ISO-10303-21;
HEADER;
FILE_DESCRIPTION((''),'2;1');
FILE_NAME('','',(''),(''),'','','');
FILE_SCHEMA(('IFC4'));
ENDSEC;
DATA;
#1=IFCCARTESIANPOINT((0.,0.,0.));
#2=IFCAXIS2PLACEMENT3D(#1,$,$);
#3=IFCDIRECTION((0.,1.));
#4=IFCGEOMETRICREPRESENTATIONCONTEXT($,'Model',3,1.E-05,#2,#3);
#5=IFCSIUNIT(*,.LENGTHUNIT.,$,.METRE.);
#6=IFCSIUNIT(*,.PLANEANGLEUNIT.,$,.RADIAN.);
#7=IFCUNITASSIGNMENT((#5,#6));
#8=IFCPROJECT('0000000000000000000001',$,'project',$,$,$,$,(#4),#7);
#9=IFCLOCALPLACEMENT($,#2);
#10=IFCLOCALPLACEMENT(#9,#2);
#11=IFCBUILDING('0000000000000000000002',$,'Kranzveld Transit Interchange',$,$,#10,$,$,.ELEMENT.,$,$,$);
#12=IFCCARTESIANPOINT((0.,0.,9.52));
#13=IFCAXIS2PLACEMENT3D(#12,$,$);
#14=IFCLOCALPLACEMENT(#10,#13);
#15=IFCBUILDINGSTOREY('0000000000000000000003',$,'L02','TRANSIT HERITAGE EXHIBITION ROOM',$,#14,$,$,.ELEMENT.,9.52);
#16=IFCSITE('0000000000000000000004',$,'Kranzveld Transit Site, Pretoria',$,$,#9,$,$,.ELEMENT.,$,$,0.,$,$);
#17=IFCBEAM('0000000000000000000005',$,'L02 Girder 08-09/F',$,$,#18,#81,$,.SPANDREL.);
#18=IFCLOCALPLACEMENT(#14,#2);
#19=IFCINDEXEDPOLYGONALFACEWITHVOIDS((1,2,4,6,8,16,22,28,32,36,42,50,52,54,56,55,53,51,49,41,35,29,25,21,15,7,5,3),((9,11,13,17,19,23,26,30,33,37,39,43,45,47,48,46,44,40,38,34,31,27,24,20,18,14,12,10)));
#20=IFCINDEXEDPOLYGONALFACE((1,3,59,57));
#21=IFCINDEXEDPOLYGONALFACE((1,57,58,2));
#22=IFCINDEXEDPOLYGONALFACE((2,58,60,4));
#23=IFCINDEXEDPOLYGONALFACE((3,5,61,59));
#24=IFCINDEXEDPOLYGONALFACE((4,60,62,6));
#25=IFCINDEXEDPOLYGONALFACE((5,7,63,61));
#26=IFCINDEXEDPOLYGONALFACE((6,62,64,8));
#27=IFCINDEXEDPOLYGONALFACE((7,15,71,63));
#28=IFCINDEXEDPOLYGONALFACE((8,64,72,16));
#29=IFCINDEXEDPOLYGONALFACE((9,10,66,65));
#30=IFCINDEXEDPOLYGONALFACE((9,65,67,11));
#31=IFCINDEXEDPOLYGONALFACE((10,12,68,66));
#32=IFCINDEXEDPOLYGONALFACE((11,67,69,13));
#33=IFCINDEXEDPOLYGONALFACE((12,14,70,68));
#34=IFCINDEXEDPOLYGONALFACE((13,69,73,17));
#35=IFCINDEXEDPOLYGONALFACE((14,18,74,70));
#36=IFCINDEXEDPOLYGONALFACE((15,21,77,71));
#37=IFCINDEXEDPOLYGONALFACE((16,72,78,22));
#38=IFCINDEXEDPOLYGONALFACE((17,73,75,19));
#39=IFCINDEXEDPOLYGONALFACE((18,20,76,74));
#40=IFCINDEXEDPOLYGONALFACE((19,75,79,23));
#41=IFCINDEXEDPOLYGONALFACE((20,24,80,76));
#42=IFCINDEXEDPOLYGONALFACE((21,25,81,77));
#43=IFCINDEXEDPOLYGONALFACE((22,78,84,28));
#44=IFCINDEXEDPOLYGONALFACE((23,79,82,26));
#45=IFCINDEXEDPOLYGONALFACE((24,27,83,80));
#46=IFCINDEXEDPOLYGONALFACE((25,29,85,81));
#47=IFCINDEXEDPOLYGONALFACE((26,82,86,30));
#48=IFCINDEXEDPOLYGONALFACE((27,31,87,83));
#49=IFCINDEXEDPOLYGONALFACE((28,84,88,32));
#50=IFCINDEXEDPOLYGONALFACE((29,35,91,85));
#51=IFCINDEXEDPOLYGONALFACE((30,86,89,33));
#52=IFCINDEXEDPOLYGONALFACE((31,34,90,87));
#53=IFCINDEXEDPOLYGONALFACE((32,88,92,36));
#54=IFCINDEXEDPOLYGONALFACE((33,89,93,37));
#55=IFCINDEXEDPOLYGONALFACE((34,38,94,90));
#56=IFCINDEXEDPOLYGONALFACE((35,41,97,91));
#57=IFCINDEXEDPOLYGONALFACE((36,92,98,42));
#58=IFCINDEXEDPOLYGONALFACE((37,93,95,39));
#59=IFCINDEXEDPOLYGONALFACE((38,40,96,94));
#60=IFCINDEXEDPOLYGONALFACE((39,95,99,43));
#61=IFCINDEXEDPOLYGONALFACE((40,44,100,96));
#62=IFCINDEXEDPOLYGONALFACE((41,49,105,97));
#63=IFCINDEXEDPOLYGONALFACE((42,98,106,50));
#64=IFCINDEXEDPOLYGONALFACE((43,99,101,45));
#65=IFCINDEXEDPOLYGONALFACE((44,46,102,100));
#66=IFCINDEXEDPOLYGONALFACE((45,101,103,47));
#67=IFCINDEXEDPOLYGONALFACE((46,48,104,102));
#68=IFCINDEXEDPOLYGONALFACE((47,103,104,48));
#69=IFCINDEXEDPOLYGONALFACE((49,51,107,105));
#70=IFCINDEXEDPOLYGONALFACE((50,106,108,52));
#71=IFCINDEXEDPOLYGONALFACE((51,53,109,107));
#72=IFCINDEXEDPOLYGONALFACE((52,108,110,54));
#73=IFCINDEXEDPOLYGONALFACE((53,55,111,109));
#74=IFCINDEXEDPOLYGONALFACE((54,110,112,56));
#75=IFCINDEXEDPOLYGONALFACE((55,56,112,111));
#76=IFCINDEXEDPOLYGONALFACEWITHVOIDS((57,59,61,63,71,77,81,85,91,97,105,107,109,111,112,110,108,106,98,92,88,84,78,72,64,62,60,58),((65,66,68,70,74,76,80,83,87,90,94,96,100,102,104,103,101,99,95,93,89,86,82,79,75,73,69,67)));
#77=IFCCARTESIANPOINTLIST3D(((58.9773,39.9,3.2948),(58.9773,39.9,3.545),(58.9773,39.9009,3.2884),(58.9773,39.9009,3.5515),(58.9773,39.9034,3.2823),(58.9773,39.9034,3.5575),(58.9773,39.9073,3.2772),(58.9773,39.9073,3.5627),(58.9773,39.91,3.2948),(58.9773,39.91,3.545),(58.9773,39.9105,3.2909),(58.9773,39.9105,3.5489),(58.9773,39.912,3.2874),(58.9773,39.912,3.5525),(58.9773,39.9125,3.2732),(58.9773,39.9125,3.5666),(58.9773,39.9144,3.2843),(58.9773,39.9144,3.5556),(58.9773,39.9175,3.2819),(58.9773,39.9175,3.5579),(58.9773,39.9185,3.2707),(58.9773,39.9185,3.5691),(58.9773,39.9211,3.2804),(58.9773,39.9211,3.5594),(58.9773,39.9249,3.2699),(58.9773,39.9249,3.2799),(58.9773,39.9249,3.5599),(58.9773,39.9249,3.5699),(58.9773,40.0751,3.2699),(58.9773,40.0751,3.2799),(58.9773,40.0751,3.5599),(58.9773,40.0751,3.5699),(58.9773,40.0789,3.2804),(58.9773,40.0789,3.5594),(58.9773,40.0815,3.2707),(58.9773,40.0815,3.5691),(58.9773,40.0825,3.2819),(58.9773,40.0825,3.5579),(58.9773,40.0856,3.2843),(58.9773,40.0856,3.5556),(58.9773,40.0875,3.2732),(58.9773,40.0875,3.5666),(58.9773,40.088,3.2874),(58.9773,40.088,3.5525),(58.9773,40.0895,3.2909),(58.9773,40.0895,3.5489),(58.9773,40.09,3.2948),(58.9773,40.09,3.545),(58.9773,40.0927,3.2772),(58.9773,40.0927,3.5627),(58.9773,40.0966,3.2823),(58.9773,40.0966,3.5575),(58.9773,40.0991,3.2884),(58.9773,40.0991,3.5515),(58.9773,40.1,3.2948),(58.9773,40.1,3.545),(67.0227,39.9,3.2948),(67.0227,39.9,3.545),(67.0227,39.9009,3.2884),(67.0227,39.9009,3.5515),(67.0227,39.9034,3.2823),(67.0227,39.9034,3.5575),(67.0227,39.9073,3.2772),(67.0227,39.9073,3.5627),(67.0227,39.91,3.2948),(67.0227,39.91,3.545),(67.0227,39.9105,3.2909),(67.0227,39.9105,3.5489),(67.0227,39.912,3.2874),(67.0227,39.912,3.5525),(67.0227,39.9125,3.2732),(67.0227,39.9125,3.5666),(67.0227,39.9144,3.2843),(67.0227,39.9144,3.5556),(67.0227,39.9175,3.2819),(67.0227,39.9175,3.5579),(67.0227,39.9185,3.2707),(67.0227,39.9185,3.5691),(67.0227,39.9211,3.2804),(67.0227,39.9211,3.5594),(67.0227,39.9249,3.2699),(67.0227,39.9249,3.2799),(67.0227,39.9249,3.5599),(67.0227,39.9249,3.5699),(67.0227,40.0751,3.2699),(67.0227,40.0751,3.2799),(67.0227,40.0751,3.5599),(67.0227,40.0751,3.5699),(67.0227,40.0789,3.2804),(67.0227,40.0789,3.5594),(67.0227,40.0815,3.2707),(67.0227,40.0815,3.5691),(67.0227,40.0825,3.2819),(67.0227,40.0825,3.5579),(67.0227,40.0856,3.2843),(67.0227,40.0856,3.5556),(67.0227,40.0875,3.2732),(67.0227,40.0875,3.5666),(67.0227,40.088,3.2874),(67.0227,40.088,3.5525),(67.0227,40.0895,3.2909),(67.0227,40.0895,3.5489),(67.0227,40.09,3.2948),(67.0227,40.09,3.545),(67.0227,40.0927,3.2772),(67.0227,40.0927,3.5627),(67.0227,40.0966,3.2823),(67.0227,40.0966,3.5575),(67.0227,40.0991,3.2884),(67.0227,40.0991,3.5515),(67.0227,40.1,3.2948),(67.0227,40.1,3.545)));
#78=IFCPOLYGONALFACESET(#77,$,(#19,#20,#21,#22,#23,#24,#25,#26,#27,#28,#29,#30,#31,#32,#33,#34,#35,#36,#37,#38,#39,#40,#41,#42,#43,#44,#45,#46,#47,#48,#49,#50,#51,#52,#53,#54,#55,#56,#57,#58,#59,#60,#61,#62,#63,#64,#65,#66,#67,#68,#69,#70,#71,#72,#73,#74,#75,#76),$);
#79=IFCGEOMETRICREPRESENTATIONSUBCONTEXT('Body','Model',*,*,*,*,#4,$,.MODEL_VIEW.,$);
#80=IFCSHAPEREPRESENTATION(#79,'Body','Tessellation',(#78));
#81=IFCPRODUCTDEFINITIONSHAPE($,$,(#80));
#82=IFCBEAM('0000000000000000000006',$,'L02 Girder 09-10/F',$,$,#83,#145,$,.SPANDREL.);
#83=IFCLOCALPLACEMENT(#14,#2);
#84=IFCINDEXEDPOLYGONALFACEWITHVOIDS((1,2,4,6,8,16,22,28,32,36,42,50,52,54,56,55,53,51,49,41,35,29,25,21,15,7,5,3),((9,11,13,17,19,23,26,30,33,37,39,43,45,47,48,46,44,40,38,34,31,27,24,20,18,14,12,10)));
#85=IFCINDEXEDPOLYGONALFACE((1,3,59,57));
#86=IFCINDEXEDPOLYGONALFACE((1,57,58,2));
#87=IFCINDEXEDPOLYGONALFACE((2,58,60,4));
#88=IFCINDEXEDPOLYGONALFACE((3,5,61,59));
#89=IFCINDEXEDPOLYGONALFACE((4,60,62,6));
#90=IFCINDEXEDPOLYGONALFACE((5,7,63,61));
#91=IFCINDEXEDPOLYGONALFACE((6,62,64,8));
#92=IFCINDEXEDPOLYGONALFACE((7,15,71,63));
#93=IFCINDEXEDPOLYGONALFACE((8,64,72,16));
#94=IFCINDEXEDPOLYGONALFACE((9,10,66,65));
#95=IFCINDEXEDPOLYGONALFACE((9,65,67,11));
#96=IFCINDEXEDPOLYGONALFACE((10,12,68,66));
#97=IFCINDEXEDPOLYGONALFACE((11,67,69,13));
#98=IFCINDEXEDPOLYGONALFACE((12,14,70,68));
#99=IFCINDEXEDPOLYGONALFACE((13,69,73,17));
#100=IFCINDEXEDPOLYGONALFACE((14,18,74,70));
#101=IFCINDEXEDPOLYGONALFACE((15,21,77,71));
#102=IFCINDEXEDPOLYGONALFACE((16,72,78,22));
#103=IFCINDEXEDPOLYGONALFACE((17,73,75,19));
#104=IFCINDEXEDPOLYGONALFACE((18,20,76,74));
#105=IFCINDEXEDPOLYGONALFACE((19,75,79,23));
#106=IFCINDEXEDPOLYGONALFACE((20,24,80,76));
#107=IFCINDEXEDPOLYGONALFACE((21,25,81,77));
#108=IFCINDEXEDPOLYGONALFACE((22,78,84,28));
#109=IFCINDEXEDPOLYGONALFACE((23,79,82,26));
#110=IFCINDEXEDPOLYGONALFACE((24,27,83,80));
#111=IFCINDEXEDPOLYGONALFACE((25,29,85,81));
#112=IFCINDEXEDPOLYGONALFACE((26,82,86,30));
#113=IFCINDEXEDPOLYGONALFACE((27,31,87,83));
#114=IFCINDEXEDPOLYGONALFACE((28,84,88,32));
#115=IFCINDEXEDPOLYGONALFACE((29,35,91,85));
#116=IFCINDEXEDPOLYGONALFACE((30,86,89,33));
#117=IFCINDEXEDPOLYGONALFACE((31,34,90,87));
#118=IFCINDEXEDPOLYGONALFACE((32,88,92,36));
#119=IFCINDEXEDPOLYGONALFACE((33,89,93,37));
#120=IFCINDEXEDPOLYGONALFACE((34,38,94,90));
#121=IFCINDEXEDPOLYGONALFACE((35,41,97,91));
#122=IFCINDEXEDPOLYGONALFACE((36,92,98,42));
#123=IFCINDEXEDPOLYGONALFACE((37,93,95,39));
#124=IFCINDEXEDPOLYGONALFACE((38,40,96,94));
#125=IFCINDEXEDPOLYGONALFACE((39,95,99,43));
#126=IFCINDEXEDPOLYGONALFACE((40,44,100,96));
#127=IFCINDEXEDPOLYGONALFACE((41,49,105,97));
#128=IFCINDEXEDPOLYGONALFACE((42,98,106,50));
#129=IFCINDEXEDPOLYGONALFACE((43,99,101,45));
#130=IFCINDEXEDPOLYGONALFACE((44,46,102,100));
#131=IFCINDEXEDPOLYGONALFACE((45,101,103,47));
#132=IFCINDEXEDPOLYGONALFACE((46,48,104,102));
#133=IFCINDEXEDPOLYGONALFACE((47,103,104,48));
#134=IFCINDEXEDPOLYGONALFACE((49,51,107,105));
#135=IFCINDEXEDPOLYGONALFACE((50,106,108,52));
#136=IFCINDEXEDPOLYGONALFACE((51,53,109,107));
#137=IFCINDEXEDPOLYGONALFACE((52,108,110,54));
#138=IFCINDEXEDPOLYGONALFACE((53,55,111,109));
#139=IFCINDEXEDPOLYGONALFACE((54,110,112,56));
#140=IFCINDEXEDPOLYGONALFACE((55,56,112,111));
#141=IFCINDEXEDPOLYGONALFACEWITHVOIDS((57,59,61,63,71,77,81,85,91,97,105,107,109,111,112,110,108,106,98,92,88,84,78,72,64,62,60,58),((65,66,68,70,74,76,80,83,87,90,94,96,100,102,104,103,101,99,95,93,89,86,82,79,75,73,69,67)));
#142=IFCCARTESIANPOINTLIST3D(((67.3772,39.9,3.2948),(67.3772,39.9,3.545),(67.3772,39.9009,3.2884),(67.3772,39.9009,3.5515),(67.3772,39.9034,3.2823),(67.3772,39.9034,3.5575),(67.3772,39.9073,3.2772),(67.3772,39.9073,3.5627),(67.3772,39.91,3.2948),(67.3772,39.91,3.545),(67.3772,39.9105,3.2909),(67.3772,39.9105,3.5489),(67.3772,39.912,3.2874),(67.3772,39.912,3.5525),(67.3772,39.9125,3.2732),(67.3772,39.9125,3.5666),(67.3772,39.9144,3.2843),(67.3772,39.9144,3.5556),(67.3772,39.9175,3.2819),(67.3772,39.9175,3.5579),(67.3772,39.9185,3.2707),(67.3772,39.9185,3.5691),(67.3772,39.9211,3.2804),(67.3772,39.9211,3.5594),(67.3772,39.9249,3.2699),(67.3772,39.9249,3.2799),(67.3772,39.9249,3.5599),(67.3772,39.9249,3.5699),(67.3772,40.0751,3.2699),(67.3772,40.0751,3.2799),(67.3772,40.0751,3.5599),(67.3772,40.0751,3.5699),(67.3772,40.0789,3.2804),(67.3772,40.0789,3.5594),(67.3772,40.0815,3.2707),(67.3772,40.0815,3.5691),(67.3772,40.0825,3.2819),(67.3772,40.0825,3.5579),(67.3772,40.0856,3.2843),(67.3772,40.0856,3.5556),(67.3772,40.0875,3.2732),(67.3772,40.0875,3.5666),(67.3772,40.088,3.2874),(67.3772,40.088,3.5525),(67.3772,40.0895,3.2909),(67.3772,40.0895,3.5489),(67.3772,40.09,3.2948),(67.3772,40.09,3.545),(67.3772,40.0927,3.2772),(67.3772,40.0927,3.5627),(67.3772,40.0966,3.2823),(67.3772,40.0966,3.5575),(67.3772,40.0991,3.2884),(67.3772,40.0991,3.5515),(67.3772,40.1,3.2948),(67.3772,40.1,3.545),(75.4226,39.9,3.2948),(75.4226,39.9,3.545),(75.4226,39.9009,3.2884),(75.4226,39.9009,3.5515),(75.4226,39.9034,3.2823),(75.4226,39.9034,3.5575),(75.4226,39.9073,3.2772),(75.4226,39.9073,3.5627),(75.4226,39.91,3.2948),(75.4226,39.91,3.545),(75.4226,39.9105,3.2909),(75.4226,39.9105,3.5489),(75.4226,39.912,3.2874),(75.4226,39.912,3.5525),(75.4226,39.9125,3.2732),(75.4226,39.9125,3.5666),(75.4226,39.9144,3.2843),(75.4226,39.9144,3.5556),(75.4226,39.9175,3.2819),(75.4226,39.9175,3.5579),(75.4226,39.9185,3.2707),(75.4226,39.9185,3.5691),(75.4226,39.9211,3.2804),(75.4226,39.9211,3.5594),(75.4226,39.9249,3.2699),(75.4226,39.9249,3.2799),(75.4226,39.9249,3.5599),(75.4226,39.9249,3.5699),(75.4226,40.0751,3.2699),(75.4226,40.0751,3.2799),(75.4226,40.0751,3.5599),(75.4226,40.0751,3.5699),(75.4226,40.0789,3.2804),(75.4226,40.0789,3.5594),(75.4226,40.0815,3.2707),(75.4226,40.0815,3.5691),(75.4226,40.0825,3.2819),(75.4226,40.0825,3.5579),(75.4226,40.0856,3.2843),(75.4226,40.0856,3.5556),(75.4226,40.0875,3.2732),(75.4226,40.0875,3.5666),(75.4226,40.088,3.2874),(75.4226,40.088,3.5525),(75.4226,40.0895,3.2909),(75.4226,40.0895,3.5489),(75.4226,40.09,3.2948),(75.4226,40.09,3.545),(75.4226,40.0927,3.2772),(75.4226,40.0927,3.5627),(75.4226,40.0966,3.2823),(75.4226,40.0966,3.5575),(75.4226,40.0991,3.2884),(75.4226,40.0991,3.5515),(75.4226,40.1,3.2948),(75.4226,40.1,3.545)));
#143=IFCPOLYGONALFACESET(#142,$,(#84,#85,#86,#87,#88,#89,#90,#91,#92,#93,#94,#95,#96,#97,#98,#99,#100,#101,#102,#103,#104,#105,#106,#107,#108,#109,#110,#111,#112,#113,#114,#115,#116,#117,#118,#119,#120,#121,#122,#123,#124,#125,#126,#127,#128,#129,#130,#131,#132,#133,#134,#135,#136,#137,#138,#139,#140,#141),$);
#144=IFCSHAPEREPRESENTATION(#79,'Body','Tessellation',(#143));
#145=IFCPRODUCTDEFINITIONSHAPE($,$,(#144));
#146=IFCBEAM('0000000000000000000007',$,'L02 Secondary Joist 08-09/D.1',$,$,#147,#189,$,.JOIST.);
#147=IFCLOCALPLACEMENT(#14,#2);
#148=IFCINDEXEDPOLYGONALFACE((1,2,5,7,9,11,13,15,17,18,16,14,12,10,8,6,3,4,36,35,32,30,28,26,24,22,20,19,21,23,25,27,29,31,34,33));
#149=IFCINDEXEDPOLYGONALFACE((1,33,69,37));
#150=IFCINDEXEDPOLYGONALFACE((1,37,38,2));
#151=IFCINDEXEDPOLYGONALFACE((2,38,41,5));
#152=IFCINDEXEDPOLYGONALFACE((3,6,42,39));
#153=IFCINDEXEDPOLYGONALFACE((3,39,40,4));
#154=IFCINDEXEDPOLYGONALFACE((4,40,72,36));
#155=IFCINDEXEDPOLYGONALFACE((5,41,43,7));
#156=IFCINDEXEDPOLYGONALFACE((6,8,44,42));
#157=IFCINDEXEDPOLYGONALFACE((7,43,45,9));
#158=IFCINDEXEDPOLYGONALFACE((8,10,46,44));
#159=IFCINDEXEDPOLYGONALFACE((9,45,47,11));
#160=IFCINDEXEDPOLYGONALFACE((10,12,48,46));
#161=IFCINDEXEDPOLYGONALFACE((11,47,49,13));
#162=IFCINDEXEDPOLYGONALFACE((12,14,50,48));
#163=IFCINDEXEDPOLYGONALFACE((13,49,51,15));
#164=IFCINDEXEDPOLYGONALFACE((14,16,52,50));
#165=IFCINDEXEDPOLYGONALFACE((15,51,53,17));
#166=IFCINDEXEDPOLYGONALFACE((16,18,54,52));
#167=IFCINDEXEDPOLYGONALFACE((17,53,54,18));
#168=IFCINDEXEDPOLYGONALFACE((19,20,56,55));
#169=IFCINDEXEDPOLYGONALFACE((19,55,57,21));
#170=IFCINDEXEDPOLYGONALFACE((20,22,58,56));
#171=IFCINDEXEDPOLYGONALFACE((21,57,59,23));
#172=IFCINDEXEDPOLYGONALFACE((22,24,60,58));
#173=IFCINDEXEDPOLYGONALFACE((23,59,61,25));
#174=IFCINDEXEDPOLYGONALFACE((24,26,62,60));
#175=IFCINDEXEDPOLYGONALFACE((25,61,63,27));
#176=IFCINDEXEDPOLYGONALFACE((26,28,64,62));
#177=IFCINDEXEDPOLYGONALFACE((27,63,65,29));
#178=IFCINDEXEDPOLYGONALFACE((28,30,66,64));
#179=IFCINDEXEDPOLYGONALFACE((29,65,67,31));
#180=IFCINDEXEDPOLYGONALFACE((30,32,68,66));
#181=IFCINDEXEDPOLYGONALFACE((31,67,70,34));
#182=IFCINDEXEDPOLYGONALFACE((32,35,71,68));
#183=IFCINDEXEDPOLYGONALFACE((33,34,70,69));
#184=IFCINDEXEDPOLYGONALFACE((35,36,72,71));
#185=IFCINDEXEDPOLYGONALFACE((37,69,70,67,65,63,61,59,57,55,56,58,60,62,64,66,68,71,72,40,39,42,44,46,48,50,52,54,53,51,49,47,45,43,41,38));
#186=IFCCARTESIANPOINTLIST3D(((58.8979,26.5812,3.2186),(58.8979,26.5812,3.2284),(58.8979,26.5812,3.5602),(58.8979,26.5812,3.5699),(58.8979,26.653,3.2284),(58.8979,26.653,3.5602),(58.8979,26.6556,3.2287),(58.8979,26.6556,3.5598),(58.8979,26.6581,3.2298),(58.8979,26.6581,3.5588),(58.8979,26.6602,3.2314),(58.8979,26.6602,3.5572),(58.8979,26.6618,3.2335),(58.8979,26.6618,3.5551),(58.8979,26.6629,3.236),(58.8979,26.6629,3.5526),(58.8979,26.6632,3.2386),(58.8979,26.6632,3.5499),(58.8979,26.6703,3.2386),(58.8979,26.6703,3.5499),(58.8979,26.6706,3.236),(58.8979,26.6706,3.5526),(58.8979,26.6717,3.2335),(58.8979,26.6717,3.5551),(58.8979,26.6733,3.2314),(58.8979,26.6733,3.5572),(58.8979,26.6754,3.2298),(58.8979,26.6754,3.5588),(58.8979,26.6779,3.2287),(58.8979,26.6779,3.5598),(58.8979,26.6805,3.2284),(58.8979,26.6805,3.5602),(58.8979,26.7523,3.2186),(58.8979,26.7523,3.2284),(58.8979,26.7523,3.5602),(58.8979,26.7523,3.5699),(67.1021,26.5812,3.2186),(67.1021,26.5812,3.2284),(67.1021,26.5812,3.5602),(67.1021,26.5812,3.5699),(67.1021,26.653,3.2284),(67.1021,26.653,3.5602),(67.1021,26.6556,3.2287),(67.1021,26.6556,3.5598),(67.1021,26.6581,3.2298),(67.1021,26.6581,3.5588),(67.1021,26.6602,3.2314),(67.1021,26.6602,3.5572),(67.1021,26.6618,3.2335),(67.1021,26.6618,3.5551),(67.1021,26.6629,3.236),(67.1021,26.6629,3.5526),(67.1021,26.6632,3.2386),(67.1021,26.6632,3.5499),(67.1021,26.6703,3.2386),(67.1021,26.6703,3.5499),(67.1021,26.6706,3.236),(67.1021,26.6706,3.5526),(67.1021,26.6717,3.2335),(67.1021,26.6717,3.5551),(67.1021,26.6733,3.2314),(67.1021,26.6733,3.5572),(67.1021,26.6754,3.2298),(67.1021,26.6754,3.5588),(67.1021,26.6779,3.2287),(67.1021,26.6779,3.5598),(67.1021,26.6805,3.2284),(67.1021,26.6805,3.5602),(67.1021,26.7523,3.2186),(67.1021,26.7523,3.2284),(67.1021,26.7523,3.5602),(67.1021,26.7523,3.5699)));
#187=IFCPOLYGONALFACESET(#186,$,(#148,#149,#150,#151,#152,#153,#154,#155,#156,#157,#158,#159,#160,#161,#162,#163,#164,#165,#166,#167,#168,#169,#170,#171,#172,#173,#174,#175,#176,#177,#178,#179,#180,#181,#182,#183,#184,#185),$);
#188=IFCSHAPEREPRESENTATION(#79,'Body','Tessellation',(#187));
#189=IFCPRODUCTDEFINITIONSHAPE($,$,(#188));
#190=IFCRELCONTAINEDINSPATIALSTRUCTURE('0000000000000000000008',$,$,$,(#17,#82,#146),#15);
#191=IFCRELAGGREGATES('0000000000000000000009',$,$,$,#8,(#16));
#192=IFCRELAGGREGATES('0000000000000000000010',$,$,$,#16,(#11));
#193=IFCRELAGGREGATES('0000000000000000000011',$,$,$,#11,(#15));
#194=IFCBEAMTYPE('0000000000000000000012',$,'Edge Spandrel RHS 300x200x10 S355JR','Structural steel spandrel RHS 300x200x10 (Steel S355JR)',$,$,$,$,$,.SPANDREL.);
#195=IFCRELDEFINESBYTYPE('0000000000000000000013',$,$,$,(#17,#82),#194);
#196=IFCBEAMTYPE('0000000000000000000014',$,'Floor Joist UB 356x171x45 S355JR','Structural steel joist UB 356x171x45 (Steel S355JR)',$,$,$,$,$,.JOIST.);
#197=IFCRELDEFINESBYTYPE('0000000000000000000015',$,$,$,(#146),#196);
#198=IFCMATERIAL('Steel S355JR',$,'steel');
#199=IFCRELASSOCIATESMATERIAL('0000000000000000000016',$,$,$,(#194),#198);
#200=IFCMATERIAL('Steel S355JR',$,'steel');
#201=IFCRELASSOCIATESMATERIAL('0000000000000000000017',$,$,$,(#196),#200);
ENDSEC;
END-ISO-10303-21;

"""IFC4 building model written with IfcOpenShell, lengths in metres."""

from ifc_helpers import new_model, si_unit, direction, frame, origin, origin_2d, place, context, subcontext, project, spatial, hollow_rectangle, i_section, extrude, material, material_profile, profile_set, type_object, element, save


model = new_model("IFC4")

# Units and contexts
model_context = context("Model", 3, precision=1e-05, world=origin(), true_north=direction((0.0, 1.0)))
body_context = subcontext(model_context, "Body", "Model", "MODEL_VIEW")
ifc_project = project(units=[si_unit("LENGTHUNIT", "METRE"), si_unit("PLANEANGLEUNIT", "RADIAN")], contexts=[model_context])

# Site, building, storey
site_placement = place(None, origin())
site = spatial("IfcSite", under=ifc_project, at=site_placement, Name="Kranzveld Transit Site, Pretoria", CompositionType="ELEMENT", RefElevation=0.0)
building_placement = place(site_placement, origin())
building = spatial("IfcBuilding", under=site, at=building_placement, Name="Kranzveld Transit Interchange", CompositionType="ELEMENT")
storey_placement = place(building_placement, frame((0.0, 0.0, 9.52)))
storey = spatial("IfcBuildingStorey", under=building, at=storey_placement, Name="L02", Description="TRANSIT HERITAGE EXHIBITION ROOM", CompositionType="ELEMENT", Elevation=9.52)

# Beams
ifc_material_1 = material(Name="Steel S355JR", Category="steel")
ifc_material_profile_1 = material_profile(ifc_material_1, hollow_rectangle(XDim=0.2, YDim=0.3, WallThickness=0.01, InnerFilletRadius=0.0149, OuterFilletRadius=0.0249, at=origin_2d()), Name="RHS 300x200x10")
ifc_profile_set_1 = profile_set([ifc_material_profile_1], Name="Steel S355JR")
beam_type_1 = type_object("IfcBeamType", Name="Edge Spandrel RHS 300x200x10 S355JR", Description="Structural steel spandrel RHS 300x200x10 (Steel S355JR)", PredefinedType="SPANDREL", material=ifc_profile_set_1)
for number, where, z_axis, x_axis, name in (
    (1, (58.9773, 40.0, 3.4199), (1.0, 0.0, 0.0), (0.0, 1.0, 0.0), "L02 Girder 08-09/F"),
    (2, (67.3772, 40.0, 3.4199), (1.0, 0.0, 0.0), (0.0, 1.0, 0.0), "L02 Girder 09-10/F"),
):
    element("IfcBeam", number, at=place(storey_placement, frame(where, z_axis=z_axis, x_axis=x_axis)), inside=storey, type_object=beam_type_1, Name=name, PredefinedType="SPANDREL", context=body_context, shape_type="SweptSolid", body=[
        extrude(hollow_rectangle(XDim=0.2, YDim=0.3, WallThickness=0.01, InnerFilletRadius=0.0149, OuterFilletRadius=0.0249, at=origin_2d()), origin(), (0.0, 0.0, 1.0), 8.0454),
    ])
ifc_material_2 = material(Name="Steel S355JR", Category="steel")
ifc_material_profile_2 = material_profile(ifc_material_2, i_section(OverallWidth=0.1711, OverallDepth=0.3513, WebThickness=0.0071, FlangeThickness=0.0098, FilletRadius=0.0103, at=origin_2d()), Name="UB 356x171x45")
ifc_profile_set_2 = profile_set([ifc_material_profile_2], Name="Steel S355JR")
beam_type_2 = type_object("IfcBeamType", Name="Floor Joist UB 356x171x45 S355JR", Description="Structural steel joist UB 356x171x45 (Steel S355JR)", PredefinedType="JOIST", material=ifc_profile_set_2)
for number, where, z_axis, x_axis, name in (
    (3, (58.8979, 26.6667, 3.3943), (1.0, 0.0, 0.0), (0.0, 1.0, 0.0), "L02 Secondary Joist 08-09/D.1"),
):
    element("IfcBeam", number, at=place(storey_placement, frame(where, z_axis=z_axis, x_axis=x_axis)), inside=storey, type_object=beam_type_2, Name=name, PredefinedType="JOIST", context=body_context, shape_type="SweptSolid", body=[
        extrude(i_section(OverallWidth=0.1711, OverallDepth=0.3513, WebThickness=0.0071, FlangeThickness=0.0098, FilletRadius=0.0103, at=origin_2d()), origin(), (0.0, 0.0, 1.0), 8.2041),
    ])

save(model, "model.ifc")
